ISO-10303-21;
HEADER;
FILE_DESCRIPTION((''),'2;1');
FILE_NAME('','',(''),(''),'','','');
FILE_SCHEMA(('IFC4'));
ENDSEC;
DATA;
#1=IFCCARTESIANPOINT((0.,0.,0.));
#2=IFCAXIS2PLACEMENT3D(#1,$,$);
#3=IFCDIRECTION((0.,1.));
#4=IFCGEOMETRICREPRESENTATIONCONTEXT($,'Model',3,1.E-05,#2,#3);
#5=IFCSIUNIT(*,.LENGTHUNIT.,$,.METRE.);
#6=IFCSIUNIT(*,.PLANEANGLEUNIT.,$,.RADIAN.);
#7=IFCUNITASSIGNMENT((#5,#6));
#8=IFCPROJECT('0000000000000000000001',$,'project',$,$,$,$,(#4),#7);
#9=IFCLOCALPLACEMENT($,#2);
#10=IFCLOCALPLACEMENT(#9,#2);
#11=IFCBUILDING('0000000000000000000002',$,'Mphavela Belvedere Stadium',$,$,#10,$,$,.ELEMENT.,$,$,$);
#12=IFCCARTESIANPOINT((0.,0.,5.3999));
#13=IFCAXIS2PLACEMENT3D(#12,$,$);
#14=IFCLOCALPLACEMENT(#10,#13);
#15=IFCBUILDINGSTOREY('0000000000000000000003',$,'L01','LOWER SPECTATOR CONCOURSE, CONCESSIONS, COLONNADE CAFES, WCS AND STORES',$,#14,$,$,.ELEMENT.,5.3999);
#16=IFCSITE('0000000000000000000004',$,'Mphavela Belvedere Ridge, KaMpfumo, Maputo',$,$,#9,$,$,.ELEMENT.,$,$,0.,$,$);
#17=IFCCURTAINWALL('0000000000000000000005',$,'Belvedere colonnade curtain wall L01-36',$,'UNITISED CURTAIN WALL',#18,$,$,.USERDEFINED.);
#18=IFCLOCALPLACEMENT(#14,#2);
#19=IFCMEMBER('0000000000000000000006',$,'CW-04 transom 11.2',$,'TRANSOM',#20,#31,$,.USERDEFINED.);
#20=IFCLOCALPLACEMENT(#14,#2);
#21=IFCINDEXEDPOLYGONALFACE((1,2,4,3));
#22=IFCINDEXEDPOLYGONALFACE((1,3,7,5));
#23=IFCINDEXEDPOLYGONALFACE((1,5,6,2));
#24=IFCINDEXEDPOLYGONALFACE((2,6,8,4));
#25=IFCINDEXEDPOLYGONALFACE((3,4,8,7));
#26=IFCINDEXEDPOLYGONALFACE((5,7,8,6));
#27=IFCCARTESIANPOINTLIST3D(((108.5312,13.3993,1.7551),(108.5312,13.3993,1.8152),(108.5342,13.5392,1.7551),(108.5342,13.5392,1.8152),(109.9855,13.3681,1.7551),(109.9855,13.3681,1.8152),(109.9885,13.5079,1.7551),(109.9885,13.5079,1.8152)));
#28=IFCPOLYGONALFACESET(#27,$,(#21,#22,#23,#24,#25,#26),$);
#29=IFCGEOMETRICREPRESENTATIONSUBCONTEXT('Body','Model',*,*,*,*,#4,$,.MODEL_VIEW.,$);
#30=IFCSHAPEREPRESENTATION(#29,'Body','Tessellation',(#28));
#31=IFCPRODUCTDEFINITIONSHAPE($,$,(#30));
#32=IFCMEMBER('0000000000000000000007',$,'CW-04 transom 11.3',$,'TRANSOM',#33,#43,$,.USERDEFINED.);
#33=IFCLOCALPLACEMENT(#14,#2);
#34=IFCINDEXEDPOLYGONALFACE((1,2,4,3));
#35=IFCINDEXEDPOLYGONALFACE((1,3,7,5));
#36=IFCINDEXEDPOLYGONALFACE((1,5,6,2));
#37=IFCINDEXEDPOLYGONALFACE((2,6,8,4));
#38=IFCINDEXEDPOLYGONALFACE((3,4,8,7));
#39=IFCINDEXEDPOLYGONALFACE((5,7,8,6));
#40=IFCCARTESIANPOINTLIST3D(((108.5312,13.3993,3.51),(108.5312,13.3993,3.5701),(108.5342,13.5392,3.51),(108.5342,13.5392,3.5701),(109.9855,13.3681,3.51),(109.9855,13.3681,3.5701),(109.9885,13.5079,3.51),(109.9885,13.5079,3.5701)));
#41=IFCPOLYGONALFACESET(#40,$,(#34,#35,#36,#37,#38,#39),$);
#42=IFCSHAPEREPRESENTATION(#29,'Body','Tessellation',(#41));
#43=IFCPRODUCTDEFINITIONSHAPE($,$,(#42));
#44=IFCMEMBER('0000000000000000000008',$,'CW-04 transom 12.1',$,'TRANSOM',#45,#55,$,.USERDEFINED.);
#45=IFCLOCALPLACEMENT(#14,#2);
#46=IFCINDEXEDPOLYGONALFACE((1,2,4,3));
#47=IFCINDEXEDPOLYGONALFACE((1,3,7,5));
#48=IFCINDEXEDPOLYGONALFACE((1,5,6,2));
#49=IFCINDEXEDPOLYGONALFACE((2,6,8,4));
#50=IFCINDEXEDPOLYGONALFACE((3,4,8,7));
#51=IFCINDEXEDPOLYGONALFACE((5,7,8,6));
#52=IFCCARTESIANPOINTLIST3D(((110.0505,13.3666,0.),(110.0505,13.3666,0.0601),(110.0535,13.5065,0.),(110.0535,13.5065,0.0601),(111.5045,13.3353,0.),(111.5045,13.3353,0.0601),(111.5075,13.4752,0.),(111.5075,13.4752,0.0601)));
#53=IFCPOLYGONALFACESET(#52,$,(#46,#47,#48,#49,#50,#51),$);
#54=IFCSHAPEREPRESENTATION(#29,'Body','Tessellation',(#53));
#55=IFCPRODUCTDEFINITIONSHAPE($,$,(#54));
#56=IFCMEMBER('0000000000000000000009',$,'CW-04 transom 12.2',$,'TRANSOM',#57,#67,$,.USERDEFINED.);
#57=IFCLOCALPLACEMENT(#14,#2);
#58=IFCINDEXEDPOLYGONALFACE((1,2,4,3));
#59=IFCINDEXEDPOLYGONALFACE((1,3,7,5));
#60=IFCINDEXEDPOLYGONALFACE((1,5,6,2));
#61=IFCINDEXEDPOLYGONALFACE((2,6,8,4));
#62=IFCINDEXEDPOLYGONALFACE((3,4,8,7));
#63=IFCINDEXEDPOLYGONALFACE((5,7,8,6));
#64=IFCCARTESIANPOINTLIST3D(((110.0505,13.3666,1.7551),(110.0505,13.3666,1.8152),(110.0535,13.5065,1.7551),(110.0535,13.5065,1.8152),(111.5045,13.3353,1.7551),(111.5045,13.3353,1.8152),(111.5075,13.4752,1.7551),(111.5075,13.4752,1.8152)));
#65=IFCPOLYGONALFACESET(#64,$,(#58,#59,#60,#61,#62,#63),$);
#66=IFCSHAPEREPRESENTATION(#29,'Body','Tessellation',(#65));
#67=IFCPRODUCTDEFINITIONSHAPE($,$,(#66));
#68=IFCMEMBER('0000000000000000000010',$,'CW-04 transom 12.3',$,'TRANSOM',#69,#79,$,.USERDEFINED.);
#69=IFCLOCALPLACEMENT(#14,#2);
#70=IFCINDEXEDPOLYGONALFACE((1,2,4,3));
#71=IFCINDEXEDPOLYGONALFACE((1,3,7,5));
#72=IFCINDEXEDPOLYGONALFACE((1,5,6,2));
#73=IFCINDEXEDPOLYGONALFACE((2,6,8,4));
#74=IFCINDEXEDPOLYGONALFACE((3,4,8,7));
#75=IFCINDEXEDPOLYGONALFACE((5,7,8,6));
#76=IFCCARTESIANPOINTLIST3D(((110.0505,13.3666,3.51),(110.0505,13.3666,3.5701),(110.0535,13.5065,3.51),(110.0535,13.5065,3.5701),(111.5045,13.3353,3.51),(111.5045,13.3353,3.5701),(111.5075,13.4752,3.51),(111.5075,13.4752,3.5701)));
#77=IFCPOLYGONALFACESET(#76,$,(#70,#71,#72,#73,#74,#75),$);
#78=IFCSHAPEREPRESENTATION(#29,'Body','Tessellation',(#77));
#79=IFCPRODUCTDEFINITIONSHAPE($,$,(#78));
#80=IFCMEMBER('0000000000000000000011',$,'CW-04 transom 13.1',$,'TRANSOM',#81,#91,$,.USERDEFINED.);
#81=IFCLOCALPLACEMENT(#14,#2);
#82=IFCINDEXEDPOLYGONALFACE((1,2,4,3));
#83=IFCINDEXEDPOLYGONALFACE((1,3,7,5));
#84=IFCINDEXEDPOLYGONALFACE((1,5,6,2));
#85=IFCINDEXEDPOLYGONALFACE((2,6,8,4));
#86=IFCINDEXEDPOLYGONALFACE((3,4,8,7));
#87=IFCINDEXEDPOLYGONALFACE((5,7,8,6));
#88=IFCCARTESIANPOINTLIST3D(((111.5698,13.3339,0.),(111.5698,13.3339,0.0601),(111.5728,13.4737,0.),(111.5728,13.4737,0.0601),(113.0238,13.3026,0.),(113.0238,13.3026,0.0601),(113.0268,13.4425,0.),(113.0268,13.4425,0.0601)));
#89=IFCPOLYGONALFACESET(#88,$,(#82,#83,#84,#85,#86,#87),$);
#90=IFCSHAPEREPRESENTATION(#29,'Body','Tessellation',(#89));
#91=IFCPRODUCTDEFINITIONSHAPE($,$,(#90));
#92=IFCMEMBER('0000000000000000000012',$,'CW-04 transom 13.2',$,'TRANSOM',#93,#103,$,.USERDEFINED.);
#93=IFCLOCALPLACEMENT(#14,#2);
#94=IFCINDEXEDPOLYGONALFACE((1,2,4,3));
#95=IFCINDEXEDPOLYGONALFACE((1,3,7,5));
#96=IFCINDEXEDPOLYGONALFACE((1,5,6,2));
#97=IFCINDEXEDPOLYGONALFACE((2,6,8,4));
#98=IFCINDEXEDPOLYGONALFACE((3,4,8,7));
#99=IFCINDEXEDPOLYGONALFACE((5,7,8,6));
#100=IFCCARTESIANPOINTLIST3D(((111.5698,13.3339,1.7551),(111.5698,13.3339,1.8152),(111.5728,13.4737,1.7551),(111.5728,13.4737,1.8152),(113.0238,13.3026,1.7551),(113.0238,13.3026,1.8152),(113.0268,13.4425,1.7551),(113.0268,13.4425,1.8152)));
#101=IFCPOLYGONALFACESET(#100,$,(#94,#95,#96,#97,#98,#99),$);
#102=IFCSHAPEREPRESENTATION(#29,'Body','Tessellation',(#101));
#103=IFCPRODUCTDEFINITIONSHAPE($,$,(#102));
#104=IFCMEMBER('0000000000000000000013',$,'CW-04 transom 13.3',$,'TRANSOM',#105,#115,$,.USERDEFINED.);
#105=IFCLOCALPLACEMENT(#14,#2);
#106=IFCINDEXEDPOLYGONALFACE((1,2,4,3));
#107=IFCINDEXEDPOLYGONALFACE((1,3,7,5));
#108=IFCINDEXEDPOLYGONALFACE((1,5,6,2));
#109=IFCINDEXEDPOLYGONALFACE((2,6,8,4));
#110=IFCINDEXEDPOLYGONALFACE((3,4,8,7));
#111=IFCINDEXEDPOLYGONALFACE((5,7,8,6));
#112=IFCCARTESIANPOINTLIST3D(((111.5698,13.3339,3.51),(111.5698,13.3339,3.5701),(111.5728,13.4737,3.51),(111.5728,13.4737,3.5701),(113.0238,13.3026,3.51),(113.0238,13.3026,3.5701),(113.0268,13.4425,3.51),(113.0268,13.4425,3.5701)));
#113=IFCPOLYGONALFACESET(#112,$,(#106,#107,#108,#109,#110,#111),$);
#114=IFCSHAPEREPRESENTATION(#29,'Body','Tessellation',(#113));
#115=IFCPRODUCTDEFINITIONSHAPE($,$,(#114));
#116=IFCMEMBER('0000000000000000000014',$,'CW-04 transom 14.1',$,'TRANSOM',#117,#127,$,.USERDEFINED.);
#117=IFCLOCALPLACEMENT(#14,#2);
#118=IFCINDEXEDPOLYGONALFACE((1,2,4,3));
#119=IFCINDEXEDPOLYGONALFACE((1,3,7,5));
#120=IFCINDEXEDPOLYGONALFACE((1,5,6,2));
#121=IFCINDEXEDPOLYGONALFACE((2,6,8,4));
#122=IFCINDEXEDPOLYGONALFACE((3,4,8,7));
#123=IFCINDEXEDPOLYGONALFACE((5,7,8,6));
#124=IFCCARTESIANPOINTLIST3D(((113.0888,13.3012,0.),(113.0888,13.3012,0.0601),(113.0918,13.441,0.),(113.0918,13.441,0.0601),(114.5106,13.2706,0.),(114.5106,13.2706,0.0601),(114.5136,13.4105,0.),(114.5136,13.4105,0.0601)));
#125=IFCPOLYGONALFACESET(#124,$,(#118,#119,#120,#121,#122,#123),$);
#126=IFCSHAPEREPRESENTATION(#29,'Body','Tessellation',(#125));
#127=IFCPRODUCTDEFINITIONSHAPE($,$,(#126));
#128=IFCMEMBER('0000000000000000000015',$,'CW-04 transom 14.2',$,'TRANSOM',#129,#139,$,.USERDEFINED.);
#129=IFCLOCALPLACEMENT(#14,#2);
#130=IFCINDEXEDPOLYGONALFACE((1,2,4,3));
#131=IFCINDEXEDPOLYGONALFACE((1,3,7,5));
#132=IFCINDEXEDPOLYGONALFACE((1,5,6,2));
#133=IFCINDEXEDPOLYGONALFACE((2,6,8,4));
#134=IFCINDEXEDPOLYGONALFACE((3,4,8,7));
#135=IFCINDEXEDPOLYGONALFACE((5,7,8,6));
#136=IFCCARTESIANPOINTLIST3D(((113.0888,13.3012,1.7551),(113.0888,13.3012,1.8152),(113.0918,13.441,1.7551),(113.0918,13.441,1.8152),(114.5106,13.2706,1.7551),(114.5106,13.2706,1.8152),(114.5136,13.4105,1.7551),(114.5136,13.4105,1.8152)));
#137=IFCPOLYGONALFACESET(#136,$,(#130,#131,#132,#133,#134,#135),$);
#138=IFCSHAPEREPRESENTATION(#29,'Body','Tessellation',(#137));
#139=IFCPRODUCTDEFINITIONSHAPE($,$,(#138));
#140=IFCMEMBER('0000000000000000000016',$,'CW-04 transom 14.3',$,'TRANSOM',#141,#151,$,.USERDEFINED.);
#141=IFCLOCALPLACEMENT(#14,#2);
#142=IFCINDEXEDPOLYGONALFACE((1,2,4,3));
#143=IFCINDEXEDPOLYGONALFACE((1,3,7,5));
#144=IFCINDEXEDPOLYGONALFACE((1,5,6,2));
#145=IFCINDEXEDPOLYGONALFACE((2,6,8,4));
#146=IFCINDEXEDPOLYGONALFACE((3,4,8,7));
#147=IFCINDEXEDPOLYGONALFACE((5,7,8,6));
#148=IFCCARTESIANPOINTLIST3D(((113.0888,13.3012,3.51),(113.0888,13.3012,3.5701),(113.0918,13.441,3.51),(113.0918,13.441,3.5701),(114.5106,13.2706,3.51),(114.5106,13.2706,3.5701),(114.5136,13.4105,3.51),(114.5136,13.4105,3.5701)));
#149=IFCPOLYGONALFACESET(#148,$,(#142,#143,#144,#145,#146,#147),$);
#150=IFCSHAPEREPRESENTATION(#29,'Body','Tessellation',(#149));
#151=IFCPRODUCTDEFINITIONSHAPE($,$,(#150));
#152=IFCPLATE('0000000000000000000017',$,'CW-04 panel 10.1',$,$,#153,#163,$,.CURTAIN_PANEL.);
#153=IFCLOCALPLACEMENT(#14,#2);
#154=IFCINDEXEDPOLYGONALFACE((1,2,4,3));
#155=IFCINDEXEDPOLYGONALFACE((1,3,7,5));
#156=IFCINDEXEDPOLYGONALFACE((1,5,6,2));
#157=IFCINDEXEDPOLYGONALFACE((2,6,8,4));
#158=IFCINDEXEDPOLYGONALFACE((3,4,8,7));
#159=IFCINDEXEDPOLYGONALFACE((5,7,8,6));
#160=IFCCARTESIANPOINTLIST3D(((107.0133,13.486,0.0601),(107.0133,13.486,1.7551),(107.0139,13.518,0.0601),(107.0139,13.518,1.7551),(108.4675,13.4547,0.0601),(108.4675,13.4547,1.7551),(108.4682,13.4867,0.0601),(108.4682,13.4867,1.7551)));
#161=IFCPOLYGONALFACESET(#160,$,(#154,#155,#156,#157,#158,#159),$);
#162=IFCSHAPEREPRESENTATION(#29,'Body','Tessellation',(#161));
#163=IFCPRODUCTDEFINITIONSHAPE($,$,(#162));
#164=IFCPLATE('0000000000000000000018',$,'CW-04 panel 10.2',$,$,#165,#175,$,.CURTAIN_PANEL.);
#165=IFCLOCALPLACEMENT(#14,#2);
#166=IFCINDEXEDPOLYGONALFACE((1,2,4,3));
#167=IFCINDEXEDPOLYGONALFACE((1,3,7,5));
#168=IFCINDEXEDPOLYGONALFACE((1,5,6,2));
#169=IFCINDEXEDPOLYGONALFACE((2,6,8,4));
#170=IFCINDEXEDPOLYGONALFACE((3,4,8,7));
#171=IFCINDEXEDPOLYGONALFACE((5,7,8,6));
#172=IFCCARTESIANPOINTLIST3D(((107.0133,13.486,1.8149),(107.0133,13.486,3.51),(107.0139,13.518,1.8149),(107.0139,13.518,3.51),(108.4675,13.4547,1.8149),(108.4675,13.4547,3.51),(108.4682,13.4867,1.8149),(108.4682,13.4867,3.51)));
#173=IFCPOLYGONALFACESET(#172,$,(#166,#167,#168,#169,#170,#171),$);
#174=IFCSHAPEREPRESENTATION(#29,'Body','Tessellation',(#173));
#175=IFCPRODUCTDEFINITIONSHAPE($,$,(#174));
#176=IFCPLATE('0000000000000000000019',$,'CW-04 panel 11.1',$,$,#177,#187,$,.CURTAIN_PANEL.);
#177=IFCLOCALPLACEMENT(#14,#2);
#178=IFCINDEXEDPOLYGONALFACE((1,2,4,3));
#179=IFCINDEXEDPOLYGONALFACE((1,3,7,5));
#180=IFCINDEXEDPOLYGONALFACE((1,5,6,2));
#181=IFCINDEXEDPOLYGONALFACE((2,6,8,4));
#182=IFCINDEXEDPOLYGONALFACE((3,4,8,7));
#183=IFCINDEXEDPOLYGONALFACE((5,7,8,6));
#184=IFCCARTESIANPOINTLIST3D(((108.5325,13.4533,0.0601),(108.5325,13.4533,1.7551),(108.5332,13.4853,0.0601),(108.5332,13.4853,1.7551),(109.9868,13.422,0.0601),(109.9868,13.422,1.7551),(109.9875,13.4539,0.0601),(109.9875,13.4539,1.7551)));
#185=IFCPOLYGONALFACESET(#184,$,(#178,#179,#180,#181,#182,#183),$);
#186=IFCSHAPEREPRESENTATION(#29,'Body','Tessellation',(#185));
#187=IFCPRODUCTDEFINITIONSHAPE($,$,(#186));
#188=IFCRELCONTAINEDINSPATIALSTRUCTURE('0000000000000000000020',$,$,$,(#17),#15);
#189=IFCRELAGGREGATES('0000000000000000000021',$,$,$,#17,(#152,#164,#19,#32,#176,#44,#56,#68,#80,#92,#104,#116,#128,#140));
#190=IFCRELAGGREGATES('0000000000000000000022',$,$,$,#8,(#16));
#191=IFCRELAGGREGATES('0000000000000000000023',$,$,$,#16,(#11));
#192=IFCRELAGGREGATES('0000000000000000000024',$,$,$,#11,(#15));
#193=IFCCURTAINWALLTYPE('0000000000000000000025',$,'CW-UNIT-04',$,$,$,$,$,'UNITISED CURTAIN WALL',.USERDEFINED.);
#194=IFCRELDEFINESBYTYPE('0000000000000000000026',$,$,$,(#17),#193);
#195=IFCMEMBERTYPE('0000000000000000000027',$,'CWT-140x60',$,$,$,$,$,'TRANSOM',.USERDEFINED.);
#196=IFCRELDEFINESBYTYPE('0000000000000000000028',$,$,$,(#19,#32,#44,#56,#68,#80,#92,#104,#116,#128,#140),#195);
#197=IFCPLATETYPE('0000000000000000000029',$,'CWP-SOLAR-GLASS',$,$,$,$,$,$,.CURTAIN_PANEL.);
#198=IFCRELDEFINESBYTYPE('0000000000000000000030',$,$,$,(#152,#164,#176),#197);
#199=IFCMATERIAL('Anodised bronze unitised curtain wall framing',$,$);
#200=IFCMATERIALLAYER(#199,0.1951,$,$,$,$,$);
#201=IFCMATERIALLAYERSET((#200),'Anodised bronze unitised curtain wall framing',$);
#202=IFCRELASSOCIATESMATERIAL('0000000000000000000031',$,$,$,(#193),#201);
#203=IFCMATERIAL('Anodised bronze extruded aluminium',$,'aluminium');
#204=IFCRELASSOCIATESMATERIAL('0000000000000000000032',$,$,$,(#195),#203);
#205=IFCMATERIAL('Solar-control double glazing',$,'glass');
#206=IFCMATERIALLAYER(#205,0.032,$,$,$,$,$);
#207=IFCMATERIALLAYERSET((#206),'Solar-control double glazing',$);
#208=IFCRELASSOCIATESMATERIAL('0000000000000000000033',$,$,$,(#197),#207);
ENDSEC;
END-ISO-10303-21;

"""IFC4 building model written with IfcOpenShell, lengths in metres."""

from ifc_helpers import new_model, si_unit, direction, frame, origin, origin_2d, place, context, subcontext, project, spatial, rectangle, extrude, material, layer, layer_set, material_profile, profile_set, type_object, element, aggregate, save


model = new_model("IFC4")

# Units and contexts
model_context = context("Model", 3, precision=1e-05, world=origin(), true_north=direction((0.0, 1.0)))
body_context = subcontext(model_context, "Body", "Model", "MODEL_VIEW")
ifc_project = project(units=[si_unit("LENGTHUNIT", "METRE"), si_unit("PLANEANGLEUNIT", "RADIAN")], contexts=[model_context])

# Site, building, storey
site_placement = place(None, origin())
site = spatial("IfcSite", under=ifc_project, at=site_placement, Name="Mphavela Belvedere Ridge, KaMpfumo, Maputo", CompositionType="ELEMENT", RefElevation=0.0)
building_placement = place(site_placement, origin())
building = spatial("IfcBuilding", under=site, at=building_placement, Name="Mphavela Belvedere Stadium", CompositionType="ELEMENT")
storey_placement = place(building_placement, frame((0.0, 0.0, 5.3999)))
storey = spatial("IfcBuildingStorey", under=building, at=storey_placement, Name="L01", Description="LOWER SPECTATOR CONCOURSE, CONCESSIONS, COLONNADE CAFES, WCS AND STORES", CompositionType="ELEMENT", Elevation=5.3999)

# Curtain wall, members, plates
ifc_material_1 = material(Name="Anodised bronze unitised curtain wall framing")
ifc_layer_1 = layer(ifc_material_1, 0.1951)
ifc_layer_set_1 = layer_set([ifc_layer_1], Name="Anodised bronze unitised curtain wall framing")
curtain_wall_type = type_object("IfcCurtainWallType", Name="CW-UNIT-04", ElementType="UNITISED CURTAIN WALL", PredefinedType="USERDEFINED", material=ifc_layer_set_1)
curtain_wall_placement = place(storey_placement, origin())
curtain_wall = element("IfcCurtainWall", 1, at=curtain_wall_placement, inside=storey, type_object=curtain_wall_type, Name="Belvedere colonnade curtain wall L01-36", ObjectType="UNITISED CURTAIN WALL", PredefinedType="USERDEFINED")
ifc_material_2 = material(Name="Anodised bronze extruded aluminium", Category="aluminium")
ifc_material_profile_1 = material_profile(ifc_material_2, rectangle(XDim=0.1399, YDim=0.0601, at=origin_2d()), Name="CW-TRN 140x60")
ifc_profile_set_1 = profile_set([ifc_material_profile_1], Name="Anodised bronze extruded aluminium")
member_type_1 = type_object("IfcMemberType", Name="CWT-140x60", ElementType="TRANSOM", PredefinedType="USERDEFINED", material=ifc_profile_set_1)
member_1_placement = place(storey_placement, frame((108.5327, 13.4692, 1.7852), z_axis=(0.999769, -0.021482, 0.0), x_axis=(0.021482, 0.999769, 0.0)))
member_1 = element("IfcMember", 2, at=member_1_placement, type_object=member_type_1, Name="CW-04 transom 11.2", ObjectType="TRANSOM", PredefinedType="USERDEFINED", context=body_context, shape_type="SweptSolid", body=[
    extrude(rectangle(XDim=0.1399, YDim=0.0601, at=origin_2d()), origin(), (0.0, 0.0, 1.0), 1.4546),
])
member_2_placement = place(storey_placement, frame((108.5327, 13.4692, 3.54), z_axis=(0.999769, -0.021482, 0.0), x_axis=(0.021482, 0.999769, 0.0)))
member_2 = element("IfcMember", 3, at=member_2_placement, type_object=member_type_1, Name="CW-04 transom 11.3", ObjectType="TRANSOM", PredefinedType="USERDEFINED", context=body_context, shape_type="SweptSolid", body=[
    extrude(rectangle(XDim=0.1399, YDim=0.0601, at=origin_2d()), origin(), (0.0, 0.0, 1.0), 1.4546),
])
member_3_placement = place(storey_placement, frame((110.052, 13.4365, 0.03), z_axis=(0.999769, -0.021486, 0.0), x_axis=(0.021486, 0.999769, 0.0)))
member_3 = element("IfcMember", 4, at=member_3_placement, type_object=member_type_1, Name="CW-04 transom 12.1", ObjectType="TRANSOM", PredefinedType="USERDEFINED", context=body_context, shape_type="SweptSolid", body=[
    extrude(rectangle(XDim=0.1399, YDim=0.0601, at=origin_2d()), origin(), (0.0, 0.0, 1.0), 1.4543),
])
member_4_placement = place(storey_placement, frame((110.052, 13.4365, 1.7852), z_axis=(0.999769, -0.021486, 0.0), x_axis=(0.021486, 0.999769, 0.0)))
member_4 = element("IfcMember", 5, at=member_4_placement, type_object=member_type_1, Name="CW-04 transom 12.2", ObjectType="TRANSOM", PredefinedType="USERDEFINED", context=body_context, shape_type="SweptSolid", body=[
    extrude(rectangle(XDim=0.1399, YDim=0.0601, at=origin_2d()), origin(), (0.0, 0.0, 1.0), 1.4543),
])
member_5_placement = place(storey_placement, frame((110.052, 13.4365, 3.54), z_axis=(0.999769, -0.021486, 0.0), x_axis=(0.021486, 0.999769, 0.0)))
member_5 = element("IfcMember", 6, at=member_5_placement, type_object=member_type_1, Name="CW-04 transom 12.3", ObjectType="TRANSOM", PredefinedType="USERDEFINED", context=body_context, shape_type="SweptSolid", body=[
    extrude(rectangle(XDim=0.1399, YDim=0.0601, at=origin_2d()), origin(), (0.0, 0.0, 1.0), 1.4543),
])
member_6_placement = place(storey_placement, frame((111.5713, 13.4038, 0.03), z_axis=(0.999769, -0.021486, 0.0), x_axis=(0.021486, 0.999769, 0.0)))
member_6 = element("IfcMember", 7, at=member_6_placement, type_object=member_type_1, Name="CW-04 transom 13.1", ObjectType="TRANSOM", PredefinedType="USERDEFINED", context=body_context, shape_type="SweptSolid", body=[
    extrude(rectangle(XDim=0.1399, YDim=0.0601, at=origin_2d()), origin(), (0.0, 0.0, 1.0), 1.4543),
])
member_7_placement = place(storey_placement, frame((111.5713, 13.4038, 1.7852), z_axis=(0.999769, -0.021486, 0.0), x_axis=(0.021486, 0.999769, 0.0)))
member_7 = element("IfcMember", 8, at=member_7_placement, type_object=member_type_1, Name="CW-04 transom 13.2", ObjectType="TRANSOM", PredefinedType="USERDEFINED", context=body_context, shape_type="SweptSolid", body=[
    extrude(rectangle(XDim=0.1399, YDim=0.0601, at=origin_2d()), origin(), (0.0, 0.0, 1.0), 1.4543),
])
member_8_placement = place(storey_placement, frame((111.5713, 13.4038, 3.54), z_axis=(0.999769, -0.021486, 0.0), x_axis=(0.021486, 0.999769, 0.0)))
member_8 = element("IfcMember", 9, at=member_8_placement, type_object=member_type_1, Name="CW-04 transom 13.3", ObjectType="TRANSOM", PredefinedType="USERDEFINED", context=body_context, shape_type="SweptSolid", body=[
    extrude(rectangle(XDim=0.1399, YDim=0.0601, at=origin_2d()), origin(), (0.0, 0.0, 1.0), 1.4543),
])
member_9_placement = place(storey_placement, frame((113.0903, 13.3711, 0.03), z_axis=(0.99977, -0.021458, 0.0), x_axis=(0.021458, 0.99977, 0.0)))
member_9 = element("IfcMember", 10, at=member_9_placement, type_object=member_type_1, Name="CW-04 transom 14.1", ObjectType="TRANSOM", PredefinedType="USERDEFINED", context=body_context, shape_type="SweptSolid", body=[
    extrude(rectangle(XDim=0.1399, YDim=0.0601, at=origin_2d()), origin(), (0.0, 0.0, 1.0), 1.4221),
])
member_10_placement = place(storey_placement, frame((113.0903, 13.3711, 1.7852), z_axis=(0.99977, -0.021458, 0.0), x_axis=(0.021458, 0.99977, 0.0)))
member_10 = element("IfcMember", 11, at=member_10_placement, type_object=member_type_1, Name="CW-04 transom 14.2", ObjectType="TRANSOM", PredefinedType="USERDEFINED", context=body_context, shape_type="SweptSolid", body=[
    extrude(rectangle(XDim=0.1399, YDim=0.0601, at=origin_2d()), origin(), (0.0, 0.0, 1.0), 1.4221),
])
member_11_placement = place(storey_placement, frame((113.0903, 13.3711, 3.54), z_axis=(0.99977, -0.021458, 0.0), x_axis=(0.021458, 0.99977, 0.0)))
member_11 = element("IfcMember", 12, at=member_11_placement, type_object=member_type_1, Name="CW-04 transom 14.3", ObjectType="TRANSOM", PredefinedType="USERDEFINED", context=body_context, shape_type="SweptSolid", body=[
    extrude(rectangle(XDim=0.1399, YDim=0.0601, at=origin_2d()), origin(), (0.0, 0.0, 1.0), 1.4221),
])
ifc_material_3 = material(Name="Solar-control double glazing", Category="glass")
ifc_layer_2 = layer(ifc_material_3, 0.032)
ifc_layer_set_2 = layer_set([ifc_layer_2], Name="Solar-control double glazing")
plate_type = type_object("IfcPlateType", Name="CWP-SOLAR-GLASS", PredefinedType="CURTAIN_PANEL", material=ifc_layer_set_2)
plate_1_placement = place(storey_placement, frame((107.7407, 13.4863, 0.0601), z_axis=(0.0, 0.0, 1.0), x_axis=(0.999768, -0.021529, 0.0)))
plate_1 = element("IfcPlate", 13, at=plate_1_placement, type_object=plate_type, Name="CW-04 panel 10.1", PredefinedType="CURTAIN_PANEL", context=body_context, shape_type="SweptSolid", body=[
    extrude(rectangle(XDim=1.4546, YDim=0.032, at=origin_2d()), origin(), (0.0, 0.0, 1.0), 1.6951),
])
plate_2_placement = place(storey_placement, frame((107.7407, 13.4863, 1.8149), z_axis=(0.0, 0.0, 1.0), x_axis=(0.999768, -0.021529, 0.0)))
plate_2 = element("IfcPlate", 14, at=plate_2_placement, type_object=plate_type, Name="CW-04 panel 10.2", PredefinedType="CURTAIN_PANEL", context=body_context, shape_type="SweptSolid", body=[
    extrude(rectangle(XDim=1.4546, YDim=0.032, at=origin_2d()), origin(), (0.0, 0.0, 1.0), 1.6951),
])
plate_3_placement = place(storey_placement, frame((109.26, 13.4536, 0.0601), z_axis=(0.0, 0.0, 1.0), x_axis=(0.999768, -0.021529, 0.0)))
plate_3 = element("IfcPlate", 15, at=plate_3_placement, type_object=plate_type, Name="CW-04 panel 11.1", PredefinedType="CURTAIN_PANEL", context=body_context, shape_type="SweptSolid", body=[
    extrude(rectangle(XDim=1.4546, YDim=0.032, at=origin_2d()), origin(), (0.0, 0.0, 1.0), 1.6951),
])
aggregate(curtain_wall, [plate_1, plate_2, member_1, member_2, plate_3, member_3, member_4, member_5, member_6, member_7, member_8, member_9, member_10, member_11])

save(model, "model.ifc")
